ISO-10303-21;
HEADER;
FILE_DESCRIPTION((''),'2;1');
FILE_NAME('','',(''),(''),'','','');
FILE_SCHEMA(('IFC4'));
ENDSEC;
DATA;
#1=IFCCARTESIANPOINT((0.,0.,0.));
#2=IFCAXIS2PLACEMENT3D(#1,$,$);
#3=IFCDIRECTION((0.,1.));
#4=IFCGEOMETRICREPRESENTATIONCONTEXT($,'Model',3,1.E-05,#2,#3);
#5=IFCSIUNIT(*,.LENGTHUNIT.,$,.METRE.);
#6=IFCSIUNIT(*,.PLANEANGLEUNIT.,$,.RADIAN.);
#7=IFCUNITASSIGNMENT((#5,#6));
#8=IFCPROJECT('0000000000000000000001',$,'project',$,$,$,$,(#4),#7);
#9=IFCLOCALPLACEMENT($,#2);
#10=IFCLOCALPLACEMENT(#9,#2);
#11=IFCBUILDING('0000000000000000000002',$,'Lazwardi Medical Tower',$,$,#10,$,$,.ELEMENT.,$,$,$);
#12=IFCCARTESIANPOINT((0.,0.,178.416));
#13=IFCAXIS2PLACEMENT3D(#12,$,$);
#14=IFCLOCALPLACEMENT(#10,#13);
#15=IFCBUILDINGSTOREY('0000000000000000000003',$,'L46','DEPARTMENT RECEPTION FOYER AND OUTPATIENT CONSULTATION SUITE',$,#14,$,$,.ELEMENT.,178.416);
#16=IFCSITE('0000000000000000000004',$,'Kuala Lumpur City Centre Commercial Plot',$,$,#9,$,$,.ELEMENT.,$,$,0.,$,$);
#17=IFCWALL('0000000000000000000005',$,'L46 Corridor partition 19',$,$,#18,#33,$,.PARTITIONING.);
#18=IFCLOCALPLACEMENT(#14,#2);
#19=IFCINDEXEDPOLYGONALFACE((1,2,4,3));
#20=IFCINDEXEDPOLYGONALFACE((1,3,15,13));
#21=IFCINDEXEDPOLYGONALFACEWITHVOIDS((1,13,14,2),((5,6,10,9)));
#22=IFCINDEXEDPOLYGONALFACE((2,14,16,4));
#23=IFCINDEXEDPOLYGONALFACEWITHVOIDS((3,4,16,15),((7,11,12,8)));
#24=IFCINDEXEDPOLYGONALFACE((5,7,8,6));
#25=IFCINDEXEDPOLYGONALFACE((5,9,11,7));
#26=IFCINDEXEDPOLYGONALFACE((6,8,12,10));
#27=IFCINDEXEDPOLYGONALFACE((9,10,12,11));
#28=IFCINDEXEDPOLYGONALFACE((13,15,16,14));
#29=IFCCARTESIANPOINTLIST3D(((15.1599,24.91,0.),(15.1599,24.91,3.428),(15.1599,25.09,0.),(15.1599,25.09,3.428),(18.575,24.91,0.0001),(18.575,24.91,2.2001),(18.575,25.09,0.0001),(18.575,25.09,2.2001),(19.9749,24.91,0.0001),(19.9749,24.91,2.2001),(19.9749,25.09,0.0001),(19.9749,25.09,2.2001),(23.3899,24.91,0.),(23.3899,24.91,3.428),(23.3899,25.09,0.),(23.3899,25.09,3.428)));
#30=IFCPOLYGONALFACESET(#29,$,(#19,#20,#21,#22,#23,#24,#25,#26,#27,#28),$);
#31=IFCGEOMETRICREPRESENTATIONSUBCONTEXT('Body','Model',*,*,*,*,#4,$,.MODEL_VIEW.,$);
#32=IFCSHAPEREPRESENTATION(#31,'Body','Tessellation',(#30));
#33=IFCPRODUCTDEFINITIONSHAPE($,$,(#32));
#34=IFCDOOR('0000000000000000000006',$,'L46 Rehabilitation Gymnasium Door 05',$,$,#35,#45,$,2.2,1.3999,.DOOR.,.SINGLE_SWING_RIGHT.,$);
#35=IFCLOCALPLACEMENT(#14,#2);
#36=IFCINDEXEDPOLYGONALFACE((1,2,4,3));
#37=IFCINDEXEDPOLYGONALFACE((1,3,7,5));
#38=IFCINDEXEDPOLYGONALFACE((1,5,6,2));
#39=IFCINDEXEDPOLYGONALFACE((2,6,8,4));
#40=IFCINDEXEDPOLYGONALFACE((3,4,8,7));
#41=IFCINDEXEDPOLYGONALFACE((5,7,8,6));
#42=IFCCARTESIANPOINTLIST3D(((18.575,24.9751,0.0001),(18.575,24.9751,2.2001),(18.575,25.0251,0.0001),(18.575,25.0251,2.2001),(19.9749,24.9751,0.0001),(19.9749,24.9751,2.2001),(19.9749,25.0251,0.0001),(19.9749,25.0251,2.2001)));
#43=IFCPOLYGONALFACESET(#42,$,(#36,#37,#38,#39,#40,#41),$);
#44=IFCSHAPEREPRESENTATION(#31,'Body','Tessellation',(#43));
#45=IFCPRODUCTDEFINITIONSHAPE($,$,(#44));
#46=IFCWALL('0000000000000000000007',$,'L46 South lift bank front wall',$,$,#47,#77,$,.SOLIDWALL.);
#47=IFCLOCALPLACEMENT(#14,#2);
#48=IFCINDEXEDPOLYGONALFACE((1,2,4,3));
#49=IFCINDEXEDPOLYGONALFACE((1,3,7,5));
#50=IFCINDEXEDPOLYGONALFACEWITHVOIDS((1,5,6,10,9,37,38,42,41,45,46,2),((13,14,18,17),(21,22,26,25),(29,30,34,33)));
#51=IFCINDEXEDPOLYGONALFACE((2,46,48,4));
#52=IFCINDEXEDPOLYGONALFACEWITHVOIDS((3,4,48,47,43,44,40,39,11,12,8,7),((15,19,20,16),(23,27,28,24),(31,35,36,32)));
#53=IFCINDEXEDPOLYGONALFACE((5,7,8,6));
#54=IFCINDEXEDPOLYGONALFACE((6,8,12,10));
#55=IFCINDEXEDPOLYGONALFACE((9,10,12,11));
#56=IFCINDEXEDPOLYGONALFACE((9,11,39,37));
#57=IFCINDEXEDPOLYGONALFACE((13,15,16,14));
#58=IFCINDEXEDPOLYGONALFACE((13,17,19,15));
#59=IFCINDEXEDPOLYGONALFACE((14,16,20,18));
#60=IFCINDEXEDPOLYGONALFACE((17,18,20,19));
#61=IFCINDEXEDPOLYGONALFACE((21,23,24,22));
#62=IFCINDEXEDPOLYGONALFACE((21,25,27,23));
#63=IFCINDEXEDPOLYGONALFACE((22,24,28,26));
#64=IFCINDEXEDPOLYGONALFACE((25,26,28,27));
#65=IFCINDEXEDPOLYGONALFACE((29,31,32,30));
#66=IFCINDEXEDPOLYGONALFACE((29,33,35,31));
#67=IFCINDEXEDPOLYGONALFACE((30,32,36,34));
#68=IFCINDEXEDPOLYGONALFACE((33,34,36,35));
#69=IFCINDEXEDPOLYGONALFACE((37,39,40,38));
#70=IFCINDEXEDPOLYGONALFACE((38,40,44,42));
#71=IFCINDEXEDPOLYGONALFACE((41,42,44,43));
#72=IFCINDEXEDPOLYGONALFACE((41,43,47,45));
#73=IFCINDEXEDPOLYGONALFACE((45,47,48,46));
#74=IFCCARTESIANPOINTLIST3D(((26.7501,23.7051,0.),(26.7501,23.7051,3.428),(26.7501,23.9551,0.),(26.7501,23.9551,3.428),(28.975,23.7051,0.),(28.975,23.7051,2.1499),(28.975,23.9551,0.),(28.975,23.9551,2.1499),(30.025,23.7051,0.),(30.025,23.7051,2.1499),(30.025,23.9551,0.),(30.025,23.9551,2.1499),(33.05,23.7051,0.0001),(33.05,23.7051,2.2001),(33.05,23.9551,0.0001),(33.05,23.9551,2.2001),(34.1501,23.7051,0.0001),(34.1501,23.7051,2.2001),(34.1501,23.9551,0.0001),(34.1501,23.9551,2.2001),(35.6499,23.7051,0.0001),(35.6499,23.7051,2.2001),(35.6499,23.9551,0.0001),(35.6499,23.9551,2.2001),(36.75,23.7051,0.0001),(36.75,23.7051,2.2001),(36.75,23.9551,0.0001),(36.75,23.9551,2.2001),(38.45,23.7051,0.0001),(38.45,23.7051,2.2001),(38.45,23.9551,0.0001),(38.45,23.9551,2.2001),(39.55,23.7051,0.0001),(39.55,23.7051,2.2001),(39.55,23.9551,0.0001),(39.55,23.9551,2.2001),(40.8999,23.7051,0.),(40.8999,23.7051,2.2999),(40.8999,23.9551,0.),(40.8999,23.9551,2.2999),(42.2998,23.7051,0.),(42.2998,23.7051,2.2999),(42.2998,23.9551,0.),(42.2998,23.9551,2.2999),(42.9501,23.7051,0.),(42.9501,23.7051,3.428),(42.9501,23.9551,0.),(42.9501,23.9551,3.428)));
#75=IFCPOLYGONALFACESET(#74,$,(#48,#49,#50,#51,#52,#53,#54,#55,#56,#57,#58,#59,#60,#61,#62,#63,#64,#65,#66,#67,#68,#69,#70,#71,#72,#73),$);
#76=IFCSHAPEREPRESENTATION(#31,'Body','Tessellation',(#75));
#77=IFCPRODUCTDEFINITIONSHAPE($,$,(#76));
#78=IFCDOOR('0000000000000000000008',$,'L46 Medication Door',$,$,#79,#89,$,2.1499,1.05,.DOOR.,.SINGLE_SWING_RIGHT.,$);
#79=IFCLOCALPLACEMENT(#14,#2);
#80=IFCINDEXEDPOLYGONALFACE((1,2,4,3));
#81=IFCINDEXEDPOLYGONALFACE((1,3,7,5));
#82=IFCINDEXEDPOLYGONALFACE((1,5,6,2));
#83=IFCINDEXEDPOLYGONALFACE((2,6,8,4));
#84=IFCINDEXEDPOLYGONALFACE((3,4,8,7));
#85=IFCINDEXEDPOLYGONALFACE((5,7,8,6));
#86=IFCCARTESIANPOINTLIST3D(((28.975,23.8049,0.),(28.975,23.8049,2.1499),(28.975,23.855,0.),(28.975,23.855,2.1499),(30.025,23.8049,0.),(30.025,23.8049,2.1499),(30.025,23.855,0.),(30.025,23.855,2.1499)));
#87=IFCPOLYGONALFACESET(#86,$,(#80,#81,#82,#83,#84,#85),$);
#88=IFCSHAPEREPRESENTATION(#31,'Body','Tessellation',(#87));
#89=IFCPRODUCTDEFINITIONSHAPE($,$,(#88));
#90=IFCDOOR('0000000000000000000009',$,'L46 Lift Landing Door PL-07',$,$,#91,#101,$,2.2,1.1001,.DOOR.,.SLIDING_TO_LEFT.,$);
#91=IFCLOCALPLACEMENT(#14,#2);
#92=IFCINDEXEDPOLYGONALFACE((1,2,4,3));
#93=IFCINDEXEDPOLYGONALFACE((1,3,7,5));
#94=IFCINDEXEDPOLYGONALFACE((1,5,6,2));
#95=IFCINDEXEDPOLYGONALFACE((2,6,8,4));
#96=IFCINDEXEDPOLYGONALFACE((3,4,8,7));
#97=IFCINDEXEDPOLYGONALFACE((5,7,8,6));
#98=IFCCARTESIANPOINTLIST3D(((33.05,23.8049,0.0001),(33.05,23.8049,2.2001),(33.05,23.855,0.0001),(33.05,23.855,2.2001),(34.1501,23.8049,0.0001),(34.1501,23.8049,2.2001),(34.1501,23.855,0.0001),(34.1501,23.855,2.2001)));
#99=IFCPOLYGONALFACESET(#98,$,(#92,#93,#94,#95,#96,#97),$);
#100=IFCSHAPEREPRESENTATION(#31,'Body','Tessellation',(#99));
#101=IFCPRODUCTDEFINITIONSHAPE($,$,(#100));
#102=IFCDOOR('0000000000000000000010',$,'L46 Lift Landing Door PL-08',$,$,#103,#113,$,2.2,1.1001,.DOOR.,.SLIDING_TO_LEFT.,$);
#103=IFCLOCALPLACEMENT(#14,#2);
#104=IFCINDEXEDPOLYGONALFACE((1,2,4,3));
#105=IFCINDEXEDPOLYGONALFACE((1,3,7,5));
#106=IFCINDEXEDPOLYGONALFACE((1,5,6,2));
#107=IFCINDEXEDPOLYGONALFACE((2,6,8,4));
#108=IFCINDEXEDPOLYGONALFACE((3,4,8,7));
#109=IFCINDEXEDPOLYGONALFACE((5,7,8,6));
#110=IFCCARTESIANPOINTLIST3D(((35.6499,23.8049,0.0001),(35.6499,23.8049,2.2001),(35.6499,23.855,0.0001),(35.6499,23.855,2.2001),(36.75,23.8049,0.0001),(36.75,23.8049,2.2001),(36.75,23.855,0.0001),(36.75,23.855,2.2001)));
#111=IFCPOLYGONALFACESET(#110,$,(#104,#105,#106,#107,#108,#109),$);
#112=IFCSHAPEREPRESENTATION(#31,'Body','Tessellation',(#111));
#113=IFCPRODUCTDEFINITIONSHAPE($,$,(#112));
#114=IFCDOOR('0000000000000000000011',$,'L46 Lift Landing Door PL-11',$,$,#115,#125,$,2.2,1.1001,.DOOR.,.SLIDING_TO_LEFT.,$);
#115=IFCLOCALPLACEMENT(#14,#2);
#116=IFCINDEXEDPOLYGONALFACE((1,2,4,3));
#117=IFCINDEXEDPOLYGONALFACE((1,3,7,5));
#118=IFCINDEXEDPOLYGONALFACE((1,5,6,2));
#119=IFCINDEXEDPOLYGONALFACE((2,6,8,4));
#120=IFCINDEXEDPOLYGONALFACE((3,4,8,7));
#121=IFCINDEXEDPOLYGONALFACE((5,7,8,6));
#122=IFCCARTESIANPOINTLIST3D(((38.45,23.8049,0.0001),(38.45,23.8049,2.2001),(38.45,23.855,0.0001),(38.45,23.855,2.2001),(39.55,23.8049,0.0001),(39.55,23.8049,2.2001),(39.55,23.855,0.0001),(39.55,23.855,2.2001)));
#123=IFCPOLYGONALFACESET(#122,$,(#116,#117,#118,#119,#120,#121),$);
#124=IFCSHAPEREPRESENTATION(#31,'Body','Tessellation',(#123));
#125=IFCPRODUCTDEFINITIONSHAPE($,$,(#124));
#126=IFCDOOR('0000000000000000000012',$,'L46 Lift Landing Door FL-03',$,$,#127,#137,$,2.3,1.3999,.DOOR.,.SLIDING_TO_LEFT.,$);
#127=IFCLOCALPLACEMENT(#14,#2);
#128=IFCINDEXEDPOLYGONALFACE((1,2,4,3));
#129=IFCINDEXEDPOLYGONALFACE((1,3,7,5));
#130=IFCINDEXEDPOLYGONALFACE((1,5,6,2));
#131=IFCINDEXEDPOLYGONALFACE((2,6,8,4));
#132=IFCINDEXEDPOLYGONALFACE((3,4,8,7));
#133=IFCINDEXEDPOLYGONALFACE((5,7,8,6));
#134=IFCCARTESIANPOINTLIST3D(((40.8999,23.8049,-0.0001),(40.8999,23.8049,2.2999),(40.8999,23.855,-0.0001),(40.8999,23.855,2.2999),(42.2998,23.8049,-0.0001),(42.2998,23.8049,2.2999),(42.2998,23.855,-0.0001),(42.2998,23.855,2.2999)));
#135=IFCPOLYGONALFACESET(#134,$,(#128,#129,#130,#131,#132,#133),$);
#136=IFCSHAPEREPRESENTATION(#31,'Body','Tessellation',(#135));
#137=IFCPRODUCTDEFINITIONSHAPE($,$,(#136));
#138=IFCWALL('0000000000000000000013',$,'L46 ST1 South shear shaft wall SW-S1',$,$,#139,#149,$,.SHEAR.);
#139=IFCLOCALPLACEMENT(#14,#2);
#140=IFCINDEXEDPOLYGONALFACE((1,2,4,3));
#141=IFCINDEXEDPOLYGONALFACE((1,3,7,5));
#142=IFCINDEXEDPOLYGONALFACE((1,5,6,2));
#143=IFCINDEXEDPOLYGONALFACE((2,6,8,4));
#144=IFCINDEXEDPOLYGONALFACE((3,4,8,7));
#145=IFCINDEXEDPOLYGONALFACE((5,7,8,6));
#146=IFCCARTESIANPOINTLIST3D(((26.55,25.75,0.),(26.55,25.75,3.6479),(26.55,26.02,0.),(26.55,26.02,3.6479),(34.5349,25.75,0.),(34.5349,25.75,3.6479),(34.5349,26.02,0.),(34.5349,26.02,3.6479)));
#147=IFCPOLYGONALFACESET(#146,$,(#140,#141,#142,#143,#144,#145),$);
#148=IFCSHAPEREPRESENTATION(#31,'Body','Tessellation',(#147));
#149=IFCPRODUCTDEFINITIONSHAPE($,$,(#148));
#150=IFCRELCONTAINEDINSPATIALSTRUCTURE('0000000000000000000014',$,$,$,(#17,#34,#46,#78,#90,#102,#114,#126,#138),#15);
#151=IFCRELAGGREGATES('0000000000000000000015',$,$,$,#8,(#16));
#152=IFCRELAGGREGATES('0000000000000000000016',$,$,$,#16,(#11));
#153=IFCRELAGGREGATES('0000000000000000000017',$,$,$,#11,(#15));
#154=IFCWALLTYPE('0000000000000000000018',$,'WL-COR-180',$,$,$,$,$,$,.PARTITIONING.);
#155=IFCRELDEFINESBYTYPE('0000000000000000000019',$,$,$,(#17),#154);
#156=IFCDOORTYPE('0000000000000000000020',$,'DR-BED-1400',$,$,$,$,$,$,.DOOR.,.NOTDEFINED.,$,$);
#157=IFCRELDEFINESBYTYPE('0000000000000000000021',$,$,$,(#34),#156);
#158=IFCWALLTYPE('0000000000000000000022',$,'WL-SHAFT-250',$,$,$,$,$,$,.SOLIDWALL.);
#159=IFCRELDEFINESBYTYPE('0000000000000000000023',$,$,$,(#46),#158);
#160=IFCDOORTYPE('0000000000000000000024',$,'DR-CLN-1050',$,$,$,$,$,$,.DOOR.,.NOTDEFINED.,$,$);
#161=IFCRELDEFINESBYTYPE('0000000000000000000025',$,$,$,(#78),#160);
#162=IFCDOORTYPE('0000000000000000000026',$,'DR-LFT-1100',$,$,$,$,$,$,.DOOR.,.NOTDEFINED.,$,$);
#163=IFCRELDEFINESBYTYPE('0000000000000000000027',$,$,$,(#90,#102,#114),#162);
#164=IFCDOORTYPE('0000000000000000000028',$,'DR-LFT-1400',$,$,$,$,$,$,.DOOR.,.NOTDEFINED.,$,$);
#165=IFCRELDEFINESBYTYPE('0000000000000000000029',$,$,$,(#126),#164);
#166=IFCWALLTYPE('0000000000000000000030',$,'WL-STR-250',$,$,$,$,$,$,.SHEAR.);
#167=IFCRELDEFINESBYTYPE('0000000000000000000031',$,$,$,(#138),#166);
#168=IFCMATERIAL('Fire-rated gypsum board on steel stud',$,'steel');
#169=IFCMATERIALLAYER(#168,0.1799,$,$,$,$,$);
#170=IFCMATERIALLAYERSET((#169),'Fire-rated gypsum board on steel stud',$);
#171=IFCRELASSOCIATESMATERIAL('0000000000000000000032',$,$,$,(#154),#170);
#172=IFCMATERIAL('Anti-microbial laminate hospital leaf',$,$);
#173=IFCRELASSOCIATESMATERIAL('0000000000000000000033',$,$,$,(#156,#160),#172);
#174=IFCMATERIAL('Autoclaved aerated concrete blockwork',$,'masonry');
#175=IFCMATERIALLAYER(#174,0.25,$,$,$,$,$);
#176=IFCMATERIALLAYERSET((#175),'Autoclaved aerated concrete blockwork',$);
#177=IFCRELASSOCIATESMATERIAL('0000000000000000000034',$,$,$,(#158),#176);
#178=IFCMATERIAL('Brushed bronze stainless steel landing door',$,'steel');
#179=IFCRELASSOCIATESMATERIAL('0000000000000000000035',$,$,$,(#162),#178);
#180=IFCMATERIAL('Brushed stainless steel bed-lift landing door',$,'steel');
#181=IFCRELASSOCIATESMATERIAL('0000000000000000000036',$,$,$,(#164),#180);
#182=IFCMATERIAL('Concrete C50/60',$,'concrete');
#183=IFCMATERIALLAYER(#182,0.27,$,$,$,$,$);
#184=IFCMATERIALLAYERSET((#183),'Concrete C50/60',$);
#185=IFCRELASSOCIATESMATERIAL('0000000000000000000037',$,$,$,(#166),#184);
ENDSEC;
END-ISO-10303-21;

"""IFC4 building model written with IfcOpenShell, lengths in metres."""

from ifc_helpers import new_model, si_unit, direction, frame, frame_2d, origin, place, context, subcontext, project, spatial, rectangle, extrude, material, layer, layer_set, type_object, element, fill, save


model = new_model("IFC4")

# Units and contexts
model_context = context("Model", 3, precision=1e-05, world=origin(), true_north=direction((0.0, 1.0)))
body_context = subcontext(model_context, "Body", "Model", "MODEL_VIEW")
ifc_project = project(units=[si_unit("LENGTHUNIT", "METRE"), si_unit("PLANEANGLEUNIT", "RADIAN")], contexts=[model_context])

# Site, building, storey
site_placement = place(None, origin())
site = spatial("IfcSite", under=ifc_project, at=site_placement, Name="Kuala Lumpur City Centre Commercial Plot", CompositionType="ELEMENT", RefElevation=0.0)
building_placement = place(site_placement, origin())
building = spatial("IfcBuilding", under=site, at=building_placement, Name="Lazwardi Medical Tower", CompositionType="ELEMENT")
storey_placement = place(building_placement, frame((0.0, 0.0, 178.416)))
storey = spatial("IfcBuildingStorey", under=building, at=storey_placement, Name="L46", Description="DEPARTMENT RECEPTION FOYER AND OUTPATIENT CONSULTATION SUITE", CompositionType="ELEMENT", Elevation=178.416)

# Wall, opening, door
ifc_material_1 = material(Name="Fire-rated gypsum board on steel stud", Category="steel")
ifc_layer_1 = layer(ifc_material_1, 0.1799)
ifc_layer_set_1 = layer_set([ifc_layer_1], Name="Fire-rated gypsum board on steel stud")
wall_type_1 = type_object("IfcWallType", Name="WL-COR-180", PredefinedType="PARTITIONING", material=ifc_layer_set_1)
wall_1_placement = place(storey_placement, frame((23.3899, 25.0, 0.0), z_axis=(0.0, 0.0, 1.0), x_axis=(-1.0, 0.0, 0.0)))
wall_1 = element("IfcWall", 1, at=wall_1_placement, inside=storey, type_object=wall_type_1, Name="L46 Corridor partition 19", PredefinedType="PARTITIONING", context=body_context, shape_type="SweptSolid", body=[
    extrude(rectangle(XDim=8.23, YDim=0.1799, at=frame_2d((4.115, 0.0))), origin(), (0.0, 0.0, 1.0), 3.428),
])
opening_1_placement = place(wall_1_placement, frame((3.415, 0.0, 0.0)))
opening_1 = element("IfcOpeningElement", 2, at=opening_1_placement, cuts=wall_1, PredefinedType="OPENING", context=body_context, shape_type="SweptSolid", body=[
    extrude(rectangle(XDim=1.3999, YDim=2.2, at=frame_2d((0.7, 1.1001))), frame((0.0, 0.0999, 0.0), z_axis=(0.0, -1.0, 0.0), x_axis=(1.0, 0.0, 0.0)), (0.0, 0.0, 1.0), 0.2),
])
ifc_material_2 = material(Name="Anti-microbial laminate hospital leaf")
door_type_1 = type_object("IfcDoorType", Name="DR-BED-1400", OperationType="NOTDEFINED", PredefinedType="DOOR", material=ifc_material_2)
door_1_placement = place(opening_1_placement, origin())
door_1 = element("IfcDoor", 3, at=door_1_placement, inside=storey, type_object=door_type_1, Name="L46 Rehabilitation Gymnasium Door 05", OperationType="SINGLE_SWING_RIGHT", OverallHeight=2.2, OverallWidth=1.3999, PredefinedType="DOOR", context=body_context, shape_type="SweptSolid", body=[
    extrude(rectangle(XDim=1.3999, YDim=2.2, at=frame_2d((0.7, 1.1001))), frame((0.0, 0.0249, 0.0), z_axis=(0.0, -1.0, 0.0), x_axis=(1.0, 0.0, 0.0)), (0.0, 0.0, 1.0), 0.05),
])
fill(opening_1, door_1)

# Wall, openings, doors
ifc_material_3 = material(Name="Autoclaved aerated concrete blockwork", Category="masonry")
ifc_layer_2 = layer(ifc_material_3, 0.25)
ifc_layer_set_2 = layer_set([ifc_layer_2], Name="Autoclaved aerated concrete blockwork")
wall_type_2 = type_object("IfcWallType", Name="WL-SHAFT-250", PredefinedType="SOLIDWALL", material=ifc_layer_set_2)
wall_2_placement = place(storey_placement, frame((26.75, 23.8301, 0.0), z_axis=(0.0, 0.0, 1.0), x_axis=(1.0, 0.0, 0.0)))
wall_2 = element("IfcWall", 4, at=wall_2_placement, inside=storey, type_object=wall_type_2, Name="L46 South lift bank front wall", PredefinedType="SOLIDWALL", context=body_context, shape_type="SweptSolid", body=[
    extrude(rectangle(XDim=16.2, YDim=0.25, at=frame_2d((8.1001, 0.0))), origin(), (0.0, 0.0, 1.0), 3.428),
])
opening_2_placement = place(wall_2_placement, frame((2.2251, 0.0, 0.0)))
opening_2 = element("IfcOpeningElement", 5, at=opening_2_placement, cuts=wall_2, PredefinedType="OPENING", context=body_context, shape_type="SweptSolid", body=[
    extrude(rectangle(XDim=1.05, YDim=2.1499, at=frame_2d((0.5249, 1.075))), frame((0.0, 0.135, 0.0), z_axis=(0.0, -1.0, 0.0), x_axis=(1.0, 0.0, 0.0)), (0.0, 0.0, 1.0), 0.27),
])
opening_3_placement = place(wall_2_placement, frame((6.3, 0.0, 0.0)))
opening_3 = element("IfcOpeningElement", 6, at=opening_3_placement, cuts=wall_2, PredefinedType="OPENING", context=body_context, shape_type="SweptSolid", body=[
    extrude(rectangle(XDim=1.1001, YDim=2.2, at=frame_2d((0.55, 1.1001))), frame((0.0, 0.135, 0.0), z_axis=(0.0, -1.0, 0.0), x_axis=(1.0, 0.0, 0.0)), (0.0, 0.0, 1.0), 0.27),
])
opening_4_placement = place(wall_2_placement, frame((8.8999, 0.0, 0.0)))
opening_4 = element("IfcOpeningElement", 7, at=opening_4_placement, cuts=wall_2, PredefinedType="OPENING", context=body_context, shape_type="SweptSolid", body=[
    extrude(rectangle(XDim=1.1001, YDim=2.2, at=frame_2d((0.55, 1.1001))), frame((0.0, 0.135, 0.0), z_axis=(0.0, -1.0, 0.0), x_axis=(1.0, 0.0, 0.0)), (0.0, 0.0, 1.0), 0.27),
])
opening_5_placement = place(wall_2_placement, frame((11.7, 0.0, 0.0)))
opening_5 = element("IfcOpeningElement", 8, at=opening_5_placement, cuts=wall_2, PredefinedType="OPENING", context=body_context, shape_type="SweptSolid", body=[
    extrude(rectangle(XDim=1.1001, YDim=2.2, at=frame_2d((0.55, 1.1001))), frame((0.0, 0.135, 0.0), z_axis=(0.0, -1.0, 0.0), x_axis=(1.0, 0.0, 0.0)), (0.0, 0.0, 1.0), 0.27),
])
opening_6_placement = place(wall_2_placement, frame((14.1499, 0.0, 0.0)))
opening_6 = element("IfcOpeningElement", 9, at=opening_6_placement, cuts=wall_2, PredefinedType="OPENING", context=body_context, shape_type="SweptSolid", body=[
    extrude(rectangle(XDim=1.3999, YDim=2.3, at=frame_2d((0.7, 1.1499))), frame((0.0, 0.135, 0.0), z_axis=(0.0, -1.0, 0.0), x_axis=(1.0, 0.0, 0.0)), (0.0, 0.0, 1.0), 0.27),
])
door_type_2 = type_object("IfcDoorType", Name="DR-CLN-1050", OperationType="NOTDEFINED", PredefinedType="DOOR", material=ifc_material_2)
door_2_placement = place(opening_2_placement, origin())
door_2 = element("IfcDoor", 10, at=door_2_placement, inside=storey, type_object=door_type_2, Name="L46 Medication Door", OperationType="SINGLE_SWING_RIGHT", OverallHeight=2.1499, OverallWidth=1.05, PredefinedType="DOOR", context=body_context, shape_type="SweptSolid", body=[
    extrude(rectangle(XDim=1.05, YDim=2.1499, at=frame_2d((0.5249, 1.075))), frame((0.0, 0.0249, 0.0), z_axis=(0.0, -1.0, 0.0), x_axis=(1.0, 0.0, 0.0)), (0.0, 0.0, 1.0), 0.05),
])
fill(opening_2, door_2)
ifc_material_4 = material(Name="Brushed bronze stainless steel landing door", Category="steel")
door_type_3 = type_object("IfcDoorType", Name="DR-LFT-1100", OperationType="NOTDEFINED", PredefinedType="DOOR", material=ifc_material_4)
door_3_placement = place(opening_3_placement, origin())
door_3 = element("IfcDoor", 11, at=door_3_placement, inside=storey, type_object=door_type_3, Name="L46 Lift Landing Door PL-07", OperationType="SLIDING_TO_LEFT", OverallHeight=2.2, OverallWidth=1.1001, PredefinedType="DOOR", context=body_context, shape_type="SweptSolid", body=[
    extrude(rectangle(XDim=1.1001, YDim=2.2, at=frame_2d((0.55, 1.1001))), frame((0.0, 0.0249, 0.0), z_axis=(0.0, -1.0, 0.0), x_axis=(1.0, 0.0, 0.0)), (0.0, 0.0, 1.0), 0.05),
])
fill(opening_3, door_3)
door_4_placement = place(opening_4_placement, origin())
door_4 = element("IfcDoor", 12, at=door_4_placement, inside=storey, type_object=door_type_3, Name="L46 Lift Landing Door PL-08", OperationType="SLIDING_TO_LEFT", OverallHeight=2.2, OverallWidth=1.1001, PredefinedType="DOOR", context=body_context, shape_type="SweptSolid", body=[
    extrude(rectangle(XDim=1.1001, YDim=2.2, at=frame_2d((0.55, 1.1001))), frame((0.0, 0.0249, 0.0), z_axis=(0.0, -1.0, 0.0), x_axis=(1.0, 0.0, 0.0)), (0.0, 0.0, 1.0), 0.05),
])
fill(opening_4, door_4)
door_5_placement = place(opening_5_placement, origin())
door_5 = element("IfcDoor", 13, at=door_5_placement, inside=storey, type_object=door_type_3, Name="L46 Lift Landing Door PL-11", OperationType="SLIDING_TO_LEFT", OverallHeight=2.2, OverallWidth=1.1001, PredefinedType="DOOR", context=body_context, shape_type="SweptSolid", body=[
    extrude(rectangle(XDim=1.1001, YDim=2.2, at=frame_2d((0.55, 1.1001))), frame((0.0, 0.0249, 0.0), z_axis=(0.0, -1.0, 0.0), x_axis=(1.0, 0.0, 0.0)), (0.0, 0.0, 1.0), 0.05),
])
fill(opening_5, door_5)
ifc_material_5 = material(Name="Brushed stainless steel bed-lift landing door", Category="steel")
door_type_4 = type_object("IfcDoorType", Name="DR-LFT-1400", OperationType="NOTDEFINED", PredefinedType="DOOR", material=ifc_material_5)
door_6_placement = place(opening_6_placement, origin())
door_6 = element("IfcDoor", 14, at=door_6_placement, inside=storey, type_object=door_type_4, Name="L46 Lift Landing Door FL-03", OperationType="SLIDING_TO_LEFT", OverallHeight=2.3, OverallWidth=1.3999, PredefinedType="DOOR", context=body_context, shape_type="SweptSolid", body=[
    extrude(rectangle(XDim=1.3999, YDim=2.3, at=frame_2d((0.7, 1.1499))), frame((0.0, 0.0249, 0.0), z_axis=(0.0, -1.0, 0.0), x_axis=(1.0, 0.0, 0.0)), (0.0, 0.0, 1.0), 0.05),
])
fill(opening_6, door_6)

# Wall
ifc_material_6 = material(Name="Concrete C50/60", Category="concrete")
ifc_layer_3 = layer(ifc_material_6, 0.27)
ifc_layer_set_3 = layer_set([ifc_layer_3], Name="Concrete C50/60")
wall_type_3 = type_object("IfcWallType", Name="WL-STR-250", PredefinedType="SHEAR", material=ifc_layer_set_3)
wall_3_placement = place(storey_placement, frame((26.55, 25.885, 0.0), z_axis=(0.0, 0.0, 1.0), x_axis=(1.0, 0.0, 0.0)))
element("IfcWall", 15, at=wall_3_placement, inside=storey, type_object=wall_type_3, Name="L46 ST1 South shear shaft wall SW-S1", PredefinedType="SHEAR", context=body_context, shape_type="SweptSolid", body=[
    extrude(rectangle(XDim=7.9849, YDim=0.27, at=frame_2d((3.9924, 0.0))), origin(), (0.0, 0.0, 1.0), 3.6479),
])

save(model, "model.ifc")
